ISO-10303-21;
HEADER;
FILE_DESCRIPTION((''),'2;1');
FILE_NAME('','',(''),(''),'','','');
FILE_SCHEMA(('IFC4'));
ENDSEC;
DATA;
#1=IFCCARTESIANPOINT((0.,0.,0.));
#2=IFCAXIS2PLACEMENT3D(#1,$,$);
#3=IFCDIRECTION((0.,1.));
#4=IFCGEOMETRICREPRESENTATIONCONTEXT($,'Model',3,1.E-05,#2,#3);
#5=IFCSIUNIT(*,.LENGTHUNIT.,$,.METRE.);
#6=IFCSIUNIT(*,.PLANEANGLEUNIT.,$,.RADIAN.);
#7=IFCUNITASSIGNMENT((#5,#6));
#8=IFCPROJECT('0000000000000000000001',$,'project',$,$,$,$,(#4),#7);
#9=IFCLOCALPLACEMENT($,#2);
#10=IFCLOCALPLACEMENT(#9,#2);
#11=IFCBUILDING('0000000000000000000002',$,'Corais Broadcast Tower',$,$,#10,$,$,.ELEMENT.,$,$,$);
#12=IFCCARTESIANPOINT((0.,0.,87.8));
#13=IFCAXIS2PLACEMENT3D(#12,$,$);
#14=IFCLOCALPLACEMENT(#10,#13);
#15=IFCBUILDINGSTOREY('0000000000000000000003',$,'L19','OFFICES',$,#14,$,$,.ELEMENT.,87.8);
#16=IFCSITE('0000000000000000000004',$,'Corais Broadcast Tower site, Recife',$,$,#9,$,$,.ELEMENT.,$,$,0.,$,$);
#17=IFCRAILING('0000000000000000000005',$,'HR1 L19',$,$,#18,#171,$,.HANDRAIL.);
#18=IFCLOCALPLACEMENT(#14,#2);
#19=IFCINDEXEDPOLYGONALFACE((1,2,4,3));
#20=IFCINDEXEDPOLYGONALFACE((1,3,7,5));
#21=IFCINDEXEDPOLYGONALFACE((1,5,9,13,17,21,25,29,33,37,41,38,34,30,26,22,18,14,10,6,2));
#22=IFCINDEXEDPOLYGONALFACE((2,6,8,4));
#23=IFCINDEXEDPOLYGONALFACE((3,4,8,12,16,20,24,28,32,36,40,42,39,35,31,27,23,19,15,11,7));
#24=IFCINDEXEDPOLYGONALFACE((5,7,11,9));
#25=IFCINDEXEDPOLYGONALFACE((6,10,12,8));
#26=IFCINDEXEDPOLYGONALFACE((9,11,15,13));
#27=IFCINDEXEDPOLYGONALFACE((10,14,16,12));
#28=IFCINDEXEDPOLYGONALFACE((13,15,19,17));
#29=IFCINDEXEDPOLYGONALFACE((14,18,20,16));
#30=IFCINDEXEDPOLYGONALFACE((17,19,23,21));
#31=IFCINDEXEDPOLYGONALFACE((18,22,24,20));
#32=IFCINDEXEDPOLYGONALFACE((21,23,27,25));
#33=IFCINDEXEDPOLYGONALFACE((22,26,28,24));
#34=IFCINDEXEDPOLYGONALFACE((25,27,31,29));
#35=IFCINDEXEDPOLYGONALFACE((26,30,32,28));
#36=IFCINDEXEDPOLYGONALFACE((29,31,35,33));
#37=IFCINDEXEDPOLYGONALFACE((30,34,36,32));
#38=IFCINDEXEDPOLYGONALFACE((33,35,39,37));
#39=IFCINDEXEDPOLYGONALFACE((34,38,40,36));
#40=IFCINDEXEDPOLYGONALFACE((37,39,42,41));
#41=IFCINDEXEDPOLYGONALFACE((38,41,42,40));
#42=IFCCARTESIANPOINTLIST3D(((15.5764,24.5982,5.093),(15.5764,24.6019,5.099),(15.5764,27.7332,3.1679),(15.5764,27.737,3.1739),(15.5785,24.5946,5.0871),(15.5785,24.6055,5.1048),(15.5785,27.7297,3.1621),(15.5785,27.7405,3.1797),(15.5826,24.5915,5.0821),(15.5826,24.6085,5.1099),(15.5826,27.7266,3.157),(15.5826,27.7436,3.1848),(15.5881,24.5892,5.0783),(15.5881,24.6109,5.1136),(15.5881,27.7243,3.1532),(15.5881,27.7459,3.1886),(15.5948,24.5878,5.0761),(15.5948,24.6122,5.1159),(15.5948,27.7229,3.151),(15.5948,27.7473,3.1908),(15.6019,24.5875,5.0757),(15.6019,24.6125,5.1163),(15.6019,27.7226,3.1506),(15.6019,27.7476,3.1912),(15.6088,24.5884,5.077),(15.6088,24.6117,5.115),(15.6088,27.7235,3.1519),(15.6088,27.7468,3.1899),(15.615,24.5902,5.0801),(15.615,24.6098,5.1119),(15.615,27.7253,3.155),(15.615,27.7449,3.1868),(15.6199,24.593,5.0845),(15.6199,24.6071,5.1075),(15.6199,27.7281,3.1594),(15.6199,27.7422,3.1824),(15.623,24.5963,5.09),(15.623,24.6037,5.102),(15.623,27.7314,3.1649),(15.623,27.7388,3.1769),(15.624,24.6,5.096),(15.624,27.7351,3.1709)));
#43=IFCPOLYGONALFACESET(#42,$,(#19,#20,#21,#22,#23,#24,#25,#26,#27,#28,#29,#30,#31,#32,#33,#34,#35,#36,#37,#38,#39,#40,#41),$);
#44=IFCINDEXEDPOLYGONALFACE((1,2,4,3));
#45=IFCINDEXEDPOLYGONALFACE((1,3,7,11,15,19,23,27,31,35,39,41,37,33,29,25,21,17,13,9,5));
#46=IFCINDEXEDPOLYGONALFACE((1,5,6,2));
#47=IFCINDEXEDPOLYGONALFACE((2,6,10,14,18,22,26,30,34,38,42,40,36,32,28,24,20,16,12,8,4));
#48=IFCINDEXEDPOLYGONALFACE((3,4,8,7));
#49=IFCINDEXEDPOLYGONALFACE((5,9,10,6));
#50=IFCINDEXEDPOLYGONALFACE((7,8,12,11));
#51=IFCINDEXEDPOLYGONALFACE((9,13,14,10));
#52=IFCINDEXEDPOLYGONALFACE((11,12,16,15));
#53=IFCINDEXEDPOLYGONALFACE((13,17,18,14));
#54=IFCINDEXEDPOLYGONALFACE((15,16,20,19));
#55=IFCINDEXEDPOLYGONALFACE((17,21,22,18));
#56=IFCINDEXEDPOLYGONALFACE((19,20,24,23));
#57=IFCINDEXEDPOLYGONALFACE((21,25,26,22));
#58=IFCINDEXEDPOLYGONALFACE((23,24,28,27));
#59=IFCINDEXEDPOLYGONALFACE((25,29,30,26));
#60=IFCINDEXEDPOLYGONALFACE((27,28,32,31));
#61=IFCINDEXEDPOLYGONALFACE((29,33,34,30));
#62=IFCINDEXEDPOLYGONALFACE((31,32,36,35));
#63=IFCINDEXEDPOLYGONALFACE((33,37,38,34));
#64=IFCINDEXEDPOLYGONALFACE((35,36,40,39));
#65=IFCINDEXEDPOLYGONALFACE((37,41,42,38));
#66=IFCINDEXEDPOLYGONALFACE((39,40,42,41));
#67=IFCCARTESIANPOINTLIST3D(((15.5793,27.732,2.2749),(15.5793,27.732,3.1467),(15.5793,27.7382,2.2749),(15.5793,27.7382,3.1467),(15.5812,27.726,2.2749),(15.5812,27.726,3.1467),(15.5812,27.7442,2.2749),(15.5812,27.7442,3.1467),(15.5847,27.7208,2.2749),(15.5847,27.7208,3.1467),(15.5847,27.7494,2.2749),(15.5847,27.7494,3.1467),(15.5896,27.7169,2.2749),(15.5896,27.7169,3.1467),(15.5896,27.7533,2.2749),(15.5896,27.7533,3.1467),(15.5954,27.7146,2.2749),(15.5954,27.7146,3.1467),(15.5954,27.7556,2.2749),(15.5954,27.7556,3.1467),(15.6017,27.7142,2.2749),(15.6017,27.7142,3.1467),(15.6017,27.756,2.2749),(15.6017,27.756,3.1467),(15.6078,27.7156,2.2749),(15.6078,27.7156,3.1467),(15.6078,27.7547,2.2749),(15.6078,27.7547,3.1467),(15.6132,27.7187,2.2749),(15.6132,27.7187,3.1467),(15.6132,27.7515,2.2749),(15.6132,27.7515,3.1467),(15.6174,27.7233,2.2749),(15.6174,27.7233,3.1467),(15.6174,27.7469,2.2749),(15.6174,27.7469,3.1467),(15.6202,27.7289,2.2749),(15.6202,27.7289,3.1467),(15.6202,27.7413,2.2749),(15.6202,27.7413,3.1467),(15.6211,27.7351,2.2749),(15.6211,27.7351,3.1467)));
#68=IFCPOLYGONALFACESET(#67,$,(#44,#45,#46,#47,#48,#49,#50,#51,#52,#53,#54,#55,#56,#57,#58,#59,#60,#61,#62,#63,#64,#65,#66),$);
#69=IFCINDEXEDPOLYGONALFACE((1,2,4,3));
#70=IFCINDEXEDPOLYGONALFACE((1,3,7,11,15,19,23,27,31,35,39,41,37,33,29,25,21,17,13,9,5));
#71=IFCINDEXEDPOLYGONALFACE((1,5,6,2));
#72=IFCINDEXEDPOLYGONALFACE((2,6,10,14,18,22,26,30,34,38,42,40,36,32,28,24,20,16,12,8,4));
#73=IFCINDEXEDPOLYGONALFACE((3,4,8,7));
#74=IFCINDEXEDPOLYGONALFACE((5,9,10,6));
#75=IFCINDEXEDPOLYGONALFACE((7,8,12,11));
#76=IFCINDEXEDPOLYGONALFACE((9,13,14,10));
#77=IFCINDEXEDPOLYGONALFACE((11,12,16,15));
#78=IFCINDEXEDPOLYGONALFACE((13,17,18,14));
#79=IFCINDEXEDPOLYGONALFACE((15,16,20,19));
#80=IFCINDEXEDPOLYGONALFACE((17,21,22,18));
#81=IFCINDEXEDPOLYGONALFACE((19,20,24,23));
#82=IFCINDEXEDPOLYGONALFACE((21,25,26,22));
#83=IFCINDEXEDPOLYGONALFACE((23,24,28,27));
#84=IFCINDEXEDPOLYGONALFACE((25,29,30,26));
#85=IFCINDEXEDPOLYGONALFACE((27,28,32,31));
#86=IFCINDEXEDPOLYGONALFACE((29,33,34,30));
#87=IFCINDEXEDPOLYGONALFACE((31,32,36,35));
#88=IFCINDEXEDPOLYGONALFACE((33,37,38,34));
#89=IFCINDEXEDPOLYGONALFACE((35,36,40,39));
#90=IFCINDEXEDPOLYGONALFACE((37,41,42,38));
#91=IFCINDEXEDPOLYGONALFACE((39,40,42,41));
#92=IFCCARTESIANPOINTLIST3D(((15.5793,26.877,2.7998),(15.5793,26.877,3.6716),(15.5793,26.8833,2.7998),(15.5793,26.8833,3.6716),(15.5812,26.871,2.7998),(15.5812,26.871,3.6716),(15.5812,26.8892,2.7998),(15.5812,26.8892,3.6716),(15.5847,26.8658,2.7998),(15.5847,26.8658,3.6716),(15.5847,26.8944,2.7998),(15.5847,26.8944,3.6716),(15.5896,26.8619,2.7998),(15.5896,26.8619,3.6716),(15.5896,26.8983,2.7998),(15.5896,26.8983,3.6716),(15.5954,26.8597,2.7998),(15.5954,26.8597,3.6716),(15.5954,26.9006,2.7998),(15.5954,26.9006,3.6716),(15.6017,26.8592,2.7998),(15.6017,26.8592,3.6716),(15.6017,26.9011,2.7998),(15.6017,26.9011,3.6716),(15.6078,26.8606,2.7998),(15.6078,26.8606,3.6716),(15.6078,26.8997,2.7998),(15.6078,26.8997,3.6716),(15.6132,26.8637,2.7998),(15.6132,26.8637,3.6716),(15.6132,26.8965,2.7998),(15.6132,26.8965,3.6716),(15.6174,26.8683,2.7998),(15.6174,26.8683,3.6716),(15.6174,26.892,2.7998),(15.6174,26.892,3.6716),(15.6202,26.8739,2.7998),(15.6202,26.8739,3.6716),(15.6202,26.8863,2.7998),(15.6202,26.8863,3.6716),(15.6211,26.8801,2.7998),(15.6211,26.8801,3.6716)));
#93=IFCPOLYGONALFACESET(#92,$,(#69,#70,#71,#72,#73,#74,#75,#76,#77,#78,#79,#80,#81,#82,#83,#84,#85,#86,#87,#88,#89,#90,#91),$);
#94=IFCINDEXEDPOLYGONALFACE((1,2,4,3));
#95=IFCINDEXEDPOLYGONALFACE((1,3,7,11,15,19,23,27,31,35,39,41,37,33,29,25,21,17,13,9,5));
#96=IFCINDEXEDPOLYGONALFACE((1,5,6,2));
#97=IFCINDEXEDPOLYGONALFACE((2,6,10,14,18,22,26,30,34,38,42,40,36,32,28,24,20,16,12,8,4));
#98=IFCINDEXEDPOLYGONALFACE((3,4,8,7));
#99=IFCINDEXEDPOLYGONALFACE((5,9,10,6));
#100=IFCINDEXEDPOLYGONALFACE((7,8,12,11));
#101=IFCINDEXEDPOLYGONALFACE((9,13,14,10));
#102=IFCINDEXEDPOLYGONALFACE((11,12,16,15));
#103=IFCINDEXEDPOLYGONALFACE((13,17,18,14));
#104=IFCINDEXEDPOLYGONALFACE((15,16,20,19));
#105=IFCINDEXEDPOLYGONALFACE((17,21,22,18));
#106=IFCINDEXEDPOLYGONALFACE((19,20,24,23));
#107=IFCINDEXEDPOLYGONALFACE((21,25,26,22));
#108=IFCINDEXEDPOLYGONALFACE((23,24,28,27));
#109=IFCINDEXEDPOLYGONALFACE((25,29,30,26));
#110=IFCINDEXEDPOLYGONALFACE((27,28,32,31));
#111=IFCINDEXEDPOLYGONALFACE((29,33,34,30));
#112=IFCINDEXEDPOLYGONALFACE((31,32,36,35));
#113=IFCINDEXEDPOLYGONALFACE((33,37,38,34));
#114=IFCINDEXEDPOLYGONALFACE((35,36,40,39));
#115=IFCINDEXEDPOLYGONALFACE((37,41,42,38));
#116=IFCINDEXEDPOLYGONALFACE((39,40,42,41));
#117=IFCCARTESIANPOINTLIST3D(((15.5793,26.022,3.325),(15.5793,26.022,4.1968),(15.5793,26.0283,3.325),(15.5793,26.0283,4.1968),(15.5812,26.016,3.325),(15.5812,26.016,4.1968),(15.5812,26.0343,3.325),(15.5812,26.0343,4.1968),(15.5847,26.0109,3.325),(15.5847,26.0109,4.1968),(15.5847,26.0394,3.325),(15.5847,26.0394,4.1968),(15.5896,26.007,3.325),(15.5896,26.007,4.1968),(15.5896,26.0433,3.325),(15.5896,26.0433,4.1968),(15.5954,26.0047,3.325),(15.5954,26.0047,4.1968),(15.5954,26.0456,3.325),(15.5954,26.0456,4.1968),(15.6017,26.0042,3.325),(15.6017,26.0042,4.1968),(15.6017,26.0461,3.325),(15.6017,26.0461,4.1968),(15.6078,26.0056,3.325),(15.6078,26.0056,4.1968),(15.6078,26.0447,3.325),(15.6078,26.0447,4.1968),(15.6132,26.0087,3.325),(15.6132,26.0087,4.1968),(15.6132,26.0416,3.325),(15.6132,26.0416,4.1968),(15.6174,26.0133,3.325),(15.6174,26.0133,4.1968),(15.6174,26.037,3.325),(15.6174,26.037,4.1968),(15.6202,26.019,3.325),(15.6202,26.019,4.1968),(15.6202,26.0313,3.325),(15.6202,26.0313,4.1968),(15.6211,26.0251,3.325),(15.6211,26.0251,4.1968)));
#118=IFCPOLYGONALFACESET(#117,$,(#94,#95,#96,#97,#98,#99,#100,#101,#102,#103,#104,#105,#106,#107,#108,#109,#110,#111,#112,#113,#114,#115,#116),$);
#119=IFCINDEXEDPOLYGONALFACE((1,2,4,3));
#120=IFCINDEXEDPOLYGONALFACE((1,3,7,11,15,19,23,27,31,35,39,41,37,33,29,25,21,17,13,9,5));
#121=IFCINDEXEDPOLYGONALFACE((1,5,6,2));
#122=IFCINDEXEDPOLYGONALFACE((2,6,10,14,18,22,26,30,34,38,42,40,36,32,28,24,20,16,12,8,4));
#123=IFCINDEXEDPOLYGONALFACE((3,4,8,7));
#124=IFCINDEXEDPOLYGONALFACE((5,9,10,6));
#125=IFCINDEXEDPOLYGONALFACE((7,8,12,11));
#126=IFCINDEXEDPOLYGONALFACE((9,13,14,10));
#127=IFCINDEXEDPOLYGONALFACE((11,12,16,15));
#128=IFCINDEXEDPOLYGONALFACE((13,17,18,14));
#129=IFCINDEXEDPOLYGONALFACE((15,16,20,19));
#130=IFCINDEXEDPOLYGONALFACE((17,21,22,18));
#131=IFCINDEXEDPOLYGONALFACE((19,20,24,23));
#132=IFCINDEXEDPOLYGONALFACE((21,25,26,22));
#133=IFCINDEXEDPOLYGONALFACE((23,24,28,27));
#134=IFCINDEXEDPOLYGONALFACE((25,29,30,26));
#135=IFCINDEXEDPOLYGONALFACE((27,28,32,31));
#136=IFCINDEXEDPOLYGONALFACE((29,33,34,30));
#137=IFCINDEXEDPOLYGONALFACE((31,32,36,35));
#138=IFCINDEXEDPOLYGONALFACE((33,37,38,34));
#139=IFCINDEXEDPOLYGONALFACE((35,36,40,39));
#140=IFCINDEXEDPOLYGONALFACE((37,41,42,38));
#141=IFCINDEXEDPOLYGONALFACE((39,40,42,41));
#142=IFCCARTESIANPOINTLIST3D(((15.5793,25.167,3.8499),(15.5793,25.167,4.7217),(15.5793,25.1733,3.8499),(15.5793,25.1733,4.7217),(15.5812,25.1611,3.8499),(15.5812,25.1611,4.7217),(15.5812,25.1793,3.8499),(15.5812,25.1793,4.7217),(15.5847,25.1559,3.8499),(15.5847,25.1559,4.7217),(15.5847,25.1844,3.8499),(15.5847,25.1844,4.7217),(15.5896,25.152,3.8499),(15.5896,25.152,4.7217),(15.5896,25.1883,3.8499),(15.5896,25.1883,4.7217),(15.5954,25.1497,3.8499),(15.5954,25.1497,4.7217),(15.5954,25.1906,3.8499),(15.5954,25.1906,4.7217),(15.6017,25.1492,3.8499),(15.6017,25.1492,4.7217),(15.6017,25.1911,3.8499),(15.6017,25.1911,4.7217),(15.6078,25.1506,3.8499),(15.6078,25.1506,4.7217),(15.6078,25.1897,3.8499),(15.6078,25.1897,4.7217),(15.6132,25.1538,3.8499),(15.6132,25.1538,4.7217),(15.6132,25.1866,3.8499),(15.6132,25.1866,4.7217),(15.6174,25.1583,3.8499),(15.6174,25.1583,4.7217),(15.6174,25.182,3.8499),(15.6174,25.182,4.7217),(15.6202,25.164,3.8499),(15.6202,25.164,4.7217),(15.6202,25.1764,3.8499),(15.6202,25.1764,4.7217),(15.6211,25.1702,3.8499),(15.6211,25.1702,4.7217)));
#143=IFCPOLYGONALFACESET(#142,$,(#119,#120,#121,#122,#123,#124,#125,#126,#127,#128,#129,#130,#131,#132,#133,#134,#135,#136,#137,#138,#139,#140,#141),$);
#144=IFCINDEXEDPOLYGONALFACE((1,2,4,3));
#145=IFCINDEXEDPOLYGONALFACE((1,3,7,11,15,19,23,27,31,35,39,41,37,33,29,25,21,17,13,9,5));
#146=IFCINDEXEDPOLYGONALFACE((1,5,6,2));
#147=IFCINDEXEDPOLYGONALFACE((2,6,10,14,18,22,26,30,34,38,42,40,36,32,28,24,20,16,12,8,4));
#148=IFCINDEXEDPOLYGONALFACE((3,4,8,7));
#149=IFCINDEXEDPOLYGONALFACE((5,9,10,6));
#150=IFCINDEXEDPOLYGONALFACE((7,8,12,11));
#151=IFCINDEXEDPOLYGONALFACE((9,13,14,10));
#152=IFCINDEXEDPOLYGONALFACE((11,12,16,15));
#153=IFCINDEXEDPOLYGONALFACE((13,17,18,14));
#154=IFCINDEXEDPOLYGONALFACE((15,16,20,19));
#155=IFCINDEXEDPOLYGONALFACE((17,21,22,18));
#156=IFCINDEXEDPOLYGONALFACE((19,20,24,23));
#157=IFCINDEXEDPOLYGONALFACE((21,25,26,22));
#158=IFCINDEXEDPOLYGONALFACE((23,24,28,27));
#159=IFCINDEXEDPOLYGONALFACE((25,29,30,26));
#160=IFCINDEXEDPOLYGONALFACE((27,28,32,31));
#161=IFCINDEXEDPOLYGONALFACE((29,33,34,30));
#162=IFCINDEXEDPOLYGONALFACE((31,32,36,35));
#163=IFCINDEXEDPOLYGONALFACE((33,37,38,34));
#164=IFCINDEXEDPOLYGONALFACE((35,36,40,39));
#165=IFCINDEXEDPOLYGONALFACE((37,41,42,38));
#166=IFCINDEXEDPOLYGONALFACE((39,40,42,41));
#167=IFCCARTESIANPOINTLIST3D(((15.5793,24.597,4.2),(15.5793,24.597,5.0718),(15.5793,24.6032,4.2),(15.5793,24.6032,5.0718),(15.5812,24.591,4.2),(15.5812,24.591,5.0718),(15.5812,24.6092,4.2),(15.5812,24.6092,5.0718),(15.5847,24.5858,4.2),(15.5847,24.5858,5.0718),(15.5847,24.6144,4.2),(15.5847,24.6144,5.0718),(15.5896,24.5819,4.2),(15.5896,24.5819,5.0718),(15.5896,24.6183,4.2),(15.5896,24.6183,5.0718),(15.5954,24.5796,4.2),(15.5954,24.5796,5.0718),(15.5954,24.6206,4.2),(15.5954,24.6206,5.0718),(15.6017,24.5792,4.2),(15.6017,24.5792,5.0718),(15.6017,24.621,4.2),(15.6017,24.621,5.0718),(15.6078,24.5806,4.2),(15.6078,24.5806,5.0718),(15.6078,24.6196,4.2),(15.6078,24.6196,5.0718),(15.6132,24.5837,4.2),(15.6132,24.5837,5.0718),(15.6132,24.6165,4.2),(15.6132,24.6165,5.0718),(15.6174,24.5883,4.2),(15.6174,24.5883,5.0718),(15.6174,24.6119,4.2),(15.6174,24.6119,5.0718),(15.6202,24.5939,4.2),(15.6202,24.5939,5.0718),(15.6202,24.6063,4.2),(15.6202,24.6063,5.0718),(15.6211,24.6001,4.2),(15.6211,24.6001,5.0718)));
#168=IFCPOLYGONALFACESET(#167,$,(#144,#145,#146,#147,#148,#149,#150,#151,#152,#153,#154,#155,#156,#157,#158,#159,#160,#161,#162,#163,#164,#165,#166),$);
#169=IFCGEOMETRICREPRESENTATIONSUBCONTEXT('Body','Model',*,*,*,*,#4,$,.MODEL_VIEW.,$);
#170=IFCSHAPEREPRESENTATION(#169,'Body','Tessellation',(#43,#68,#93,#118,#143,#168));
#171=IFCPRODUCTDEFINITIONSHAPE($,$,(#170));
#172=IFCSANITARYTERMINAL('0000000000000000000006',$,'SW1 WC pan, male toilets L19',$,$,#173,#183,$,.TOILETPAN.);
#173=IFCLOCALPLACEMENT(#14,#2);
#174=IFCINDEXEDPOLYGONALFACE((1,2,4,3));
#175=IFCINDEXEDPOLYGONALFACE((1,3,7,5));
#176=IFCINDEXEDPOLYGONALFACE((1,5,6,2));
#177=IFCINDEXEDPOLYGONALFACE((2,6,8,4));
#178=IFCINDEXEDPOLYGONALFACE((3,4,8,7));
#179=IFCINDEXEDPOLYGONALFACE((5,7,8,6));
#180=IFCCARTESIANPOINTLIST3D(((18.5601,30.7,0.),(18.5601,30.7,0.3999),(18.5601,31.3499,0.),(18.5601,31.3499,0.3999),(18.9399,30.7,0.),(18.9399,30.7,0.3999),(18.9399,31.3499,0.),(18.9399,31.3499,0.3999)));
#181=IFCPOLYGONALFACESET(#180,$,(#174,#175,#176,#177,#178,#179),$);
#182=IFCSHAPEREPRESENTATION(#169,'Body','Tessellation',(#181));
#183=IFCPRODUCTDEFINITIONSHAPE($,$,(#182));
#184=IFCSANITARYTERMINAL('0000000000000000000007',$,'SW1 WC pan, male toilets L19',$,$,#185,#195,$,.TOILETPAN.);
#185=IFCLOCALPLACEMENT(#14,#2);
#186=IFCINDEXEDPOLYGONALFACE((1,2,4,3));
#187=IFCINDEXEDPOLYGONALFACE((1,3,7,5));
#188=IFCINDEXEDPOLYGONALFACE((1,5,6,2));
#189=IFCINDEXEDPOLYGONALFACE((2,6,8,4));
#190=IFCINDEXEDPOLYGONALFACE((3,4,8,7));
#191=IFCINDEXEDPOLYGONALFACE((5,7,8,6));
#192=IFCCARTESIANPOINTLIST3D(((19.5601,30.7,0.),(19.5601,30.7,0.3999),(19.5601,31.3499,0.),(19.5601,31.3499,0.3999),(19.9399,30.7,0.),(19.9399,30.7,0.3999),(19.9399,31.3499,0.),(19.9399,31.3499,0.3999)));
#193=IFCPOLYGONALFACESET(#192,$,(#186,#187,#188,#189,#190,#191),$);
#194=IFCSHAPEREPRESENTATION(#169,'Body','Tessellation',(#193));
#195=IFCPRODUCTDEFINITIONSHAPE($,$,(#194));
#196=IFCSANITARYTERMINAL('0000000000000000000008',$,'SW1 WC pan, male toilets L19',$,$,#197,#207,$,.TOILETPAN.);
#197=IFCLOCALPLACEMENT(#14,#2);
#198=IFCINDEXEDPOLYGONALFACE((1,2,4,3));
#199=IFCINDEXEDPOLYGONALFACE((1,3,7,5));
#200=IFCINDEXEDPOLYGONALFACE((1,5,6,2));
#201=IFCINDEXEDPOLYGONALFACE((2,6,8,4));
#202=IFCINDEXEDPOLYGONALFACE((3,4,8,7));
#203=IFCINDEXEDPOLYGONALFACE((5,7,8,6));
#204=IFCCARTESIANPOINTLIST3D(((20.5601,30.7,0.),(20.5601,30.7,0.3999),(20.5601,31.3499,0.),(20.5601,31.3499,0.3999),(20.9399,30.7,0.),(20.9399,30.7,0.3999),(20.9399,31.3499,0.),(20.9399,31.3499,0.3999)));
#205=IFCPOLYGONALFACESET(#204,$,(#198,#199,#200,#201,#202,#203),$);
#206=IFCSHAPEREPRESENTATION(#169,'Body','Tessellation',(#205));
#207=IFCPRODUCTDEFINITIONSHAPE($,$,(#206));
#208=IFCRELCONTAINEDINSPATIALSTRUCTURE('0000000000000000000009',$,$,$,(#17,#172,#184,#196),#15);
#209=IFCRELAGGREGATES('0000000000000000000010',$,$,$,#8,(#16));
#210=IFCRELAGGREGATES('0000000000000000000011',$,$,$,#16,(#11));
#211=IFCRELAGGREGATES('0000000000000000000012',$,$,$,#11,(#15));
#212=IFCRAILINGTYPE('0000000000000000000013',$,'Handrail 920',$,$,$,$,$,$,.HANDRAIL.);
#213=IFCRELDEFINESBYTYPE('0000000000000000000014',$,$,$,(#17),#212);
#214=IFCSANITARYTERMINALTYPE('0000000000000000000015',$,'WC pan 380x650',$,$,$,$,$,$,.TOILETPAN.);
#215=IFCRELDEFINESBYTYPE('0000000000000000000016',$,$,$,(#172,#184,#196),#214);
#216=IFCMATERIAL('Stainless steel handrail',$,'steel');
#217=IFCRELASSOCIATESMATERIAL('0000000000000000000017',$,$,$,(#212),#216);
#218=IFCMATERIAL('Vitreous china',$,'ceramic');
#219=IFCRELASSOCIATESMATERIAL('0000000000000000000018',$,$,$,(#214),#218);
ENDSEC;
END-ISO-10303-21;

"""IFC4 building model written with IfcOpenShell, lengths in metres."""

from ifc_helpers import new_model, si_unit, direction, frame, origin, origin_2d, place, context, subcontext, project, spatial, rectangle, circle, extrude, material, type_object, element, save


model = new_model("IFC4")

# Units and contexts
model_context = context("Model", 3, precision=1e-05, world=origin(), true_north=direction((0.0, 1.0)))
body_context = subcontext(model_context, "Body", "Model", "MODEL_VIEW")
ifc_project = project(units=[si_unit("LENGTHUNIT", "METRE"), si_unit("PLANEANGLEUNIT", "RADIAN")], contexts=[model_context])

# Site, building, storey
site_placement = place(None, origin())
site = spatial("IfcSite", under=ifc_project, at=site_placement, Name="Corais Broadcast Tower site, Recife", CompositionType="ELEMENT", RefElevation=0.0)
building_placement = place(site_placement, origin())
building = spatial("IfcBuilding", under=site, at=building_placement, Name="Corais Broadcast Tower", CompositionType="ELEMENT")
storey_placement = place(building_placement, frame((0.0, 0.0, 87.8)))
storey = spatial("IfcBuildingStorey", under=building, at=storey_placement, Name="L19", Description="OFFICES", CompositionType="ELEMENT", Elevation=87.8)

# Railing
ifc_material_1 = material(Name="Stainless steel handrail", Category="steel")
railing_type = type_object("IfcRailingType", Name="Handrail 920", PredefinedType="HANDRAIL", material=ifc_material_1)
railing_placement = place(storey_placement, frame((15.6001, 27.7351, 2.2749)))
element("IfcRailing", 1, at=railing_placement, inside=storey, type_object=railing_type, Name="HR1 L19", PredefinedType="HANDRAIL", context=body_context, shape_type="SweptSolid", body=[
    extrude(circle(Radius=0.0239, at=origin_2d()), frame((0.0, 0.0, 0.896), z_axis=(0.0, -0.852166, 0.523271), x_axis=(1.0, 0.0, 0.0)), (0.0, 0.0, 1.0), 3.679),
    extrude(circle(Radius=0.021, at=origin_2d()), origin(), (0.0, 0.0, 1.0), 0.8718),
    extrude(circle(Radius=0.021, at=origin_2d()), frame((0.0, -0.855, 0.5249)), (0.0, 0.0, 1.0), 0.8718),
    extrude(circle(Radius=0.021, at=origin_2d()), frame((0.0, -1.71, 1.05)), (0.0, 0.0, 1.0), 0.8718),
    extrude(circle(Radius=0.021, at=origin_2d()), frame((0.0, -2.5649, 1.575)), (0.0, 0.0, 1.0), 0.8718),
    extrude(circle(Radius=0.021, at=origin_2d()), frame((0.0, -3.135, 1.925)), (0.0, 0.0, 1.0), 0.8718),
])

# Sanitary terminals
ifc_material_2 = material(Name="Vitreous china", Category="ceramic")
sanitary_terminal_type_1 = type_object("IfcSanitaryTerminalType", Name="WC pan 380x650", PredefinedType="TOILETPAN", material=ifc_material_2)
for number, where, z_axis, x_axis, name in (
    (2, (18.75, 31.0249, 0.0), (0.0, 0.0, 1.0), (1.0, 0.0, 0.0), "SW1 WC pan, male toilets L19"),
    (3, (19.75, 31.0249, 0.0), (0.0, 0.0, 1.0), (1.0, 0.0, 0.0), "SW1 WC pan, male toilets L19"),
    (4, (20.75, 31.0249, 0.0), (0.0, 0.0, 1.0), (1.0, 0.0, 0.0), "SW1 WC pan, male toilets L19"),
):
    element("IfcSanitaryTerminal", number, at=place(storey_placement, frame(where, z_axis=z_axis, x_axis=x_axis)), inside=storey, type_object=sanitary_terminal_type_1, Name=name, PredefinedType="TOILETPAN", context=body_context, shape_type="SweptSolid", body=[
        extrude(rectangle(XDim=0.3799, YDim=0.6499, at=origin_2d()), origin(), (0.0, 0.0, 1.0), 0.3999),
    ])

save(model, "model.ifc")
